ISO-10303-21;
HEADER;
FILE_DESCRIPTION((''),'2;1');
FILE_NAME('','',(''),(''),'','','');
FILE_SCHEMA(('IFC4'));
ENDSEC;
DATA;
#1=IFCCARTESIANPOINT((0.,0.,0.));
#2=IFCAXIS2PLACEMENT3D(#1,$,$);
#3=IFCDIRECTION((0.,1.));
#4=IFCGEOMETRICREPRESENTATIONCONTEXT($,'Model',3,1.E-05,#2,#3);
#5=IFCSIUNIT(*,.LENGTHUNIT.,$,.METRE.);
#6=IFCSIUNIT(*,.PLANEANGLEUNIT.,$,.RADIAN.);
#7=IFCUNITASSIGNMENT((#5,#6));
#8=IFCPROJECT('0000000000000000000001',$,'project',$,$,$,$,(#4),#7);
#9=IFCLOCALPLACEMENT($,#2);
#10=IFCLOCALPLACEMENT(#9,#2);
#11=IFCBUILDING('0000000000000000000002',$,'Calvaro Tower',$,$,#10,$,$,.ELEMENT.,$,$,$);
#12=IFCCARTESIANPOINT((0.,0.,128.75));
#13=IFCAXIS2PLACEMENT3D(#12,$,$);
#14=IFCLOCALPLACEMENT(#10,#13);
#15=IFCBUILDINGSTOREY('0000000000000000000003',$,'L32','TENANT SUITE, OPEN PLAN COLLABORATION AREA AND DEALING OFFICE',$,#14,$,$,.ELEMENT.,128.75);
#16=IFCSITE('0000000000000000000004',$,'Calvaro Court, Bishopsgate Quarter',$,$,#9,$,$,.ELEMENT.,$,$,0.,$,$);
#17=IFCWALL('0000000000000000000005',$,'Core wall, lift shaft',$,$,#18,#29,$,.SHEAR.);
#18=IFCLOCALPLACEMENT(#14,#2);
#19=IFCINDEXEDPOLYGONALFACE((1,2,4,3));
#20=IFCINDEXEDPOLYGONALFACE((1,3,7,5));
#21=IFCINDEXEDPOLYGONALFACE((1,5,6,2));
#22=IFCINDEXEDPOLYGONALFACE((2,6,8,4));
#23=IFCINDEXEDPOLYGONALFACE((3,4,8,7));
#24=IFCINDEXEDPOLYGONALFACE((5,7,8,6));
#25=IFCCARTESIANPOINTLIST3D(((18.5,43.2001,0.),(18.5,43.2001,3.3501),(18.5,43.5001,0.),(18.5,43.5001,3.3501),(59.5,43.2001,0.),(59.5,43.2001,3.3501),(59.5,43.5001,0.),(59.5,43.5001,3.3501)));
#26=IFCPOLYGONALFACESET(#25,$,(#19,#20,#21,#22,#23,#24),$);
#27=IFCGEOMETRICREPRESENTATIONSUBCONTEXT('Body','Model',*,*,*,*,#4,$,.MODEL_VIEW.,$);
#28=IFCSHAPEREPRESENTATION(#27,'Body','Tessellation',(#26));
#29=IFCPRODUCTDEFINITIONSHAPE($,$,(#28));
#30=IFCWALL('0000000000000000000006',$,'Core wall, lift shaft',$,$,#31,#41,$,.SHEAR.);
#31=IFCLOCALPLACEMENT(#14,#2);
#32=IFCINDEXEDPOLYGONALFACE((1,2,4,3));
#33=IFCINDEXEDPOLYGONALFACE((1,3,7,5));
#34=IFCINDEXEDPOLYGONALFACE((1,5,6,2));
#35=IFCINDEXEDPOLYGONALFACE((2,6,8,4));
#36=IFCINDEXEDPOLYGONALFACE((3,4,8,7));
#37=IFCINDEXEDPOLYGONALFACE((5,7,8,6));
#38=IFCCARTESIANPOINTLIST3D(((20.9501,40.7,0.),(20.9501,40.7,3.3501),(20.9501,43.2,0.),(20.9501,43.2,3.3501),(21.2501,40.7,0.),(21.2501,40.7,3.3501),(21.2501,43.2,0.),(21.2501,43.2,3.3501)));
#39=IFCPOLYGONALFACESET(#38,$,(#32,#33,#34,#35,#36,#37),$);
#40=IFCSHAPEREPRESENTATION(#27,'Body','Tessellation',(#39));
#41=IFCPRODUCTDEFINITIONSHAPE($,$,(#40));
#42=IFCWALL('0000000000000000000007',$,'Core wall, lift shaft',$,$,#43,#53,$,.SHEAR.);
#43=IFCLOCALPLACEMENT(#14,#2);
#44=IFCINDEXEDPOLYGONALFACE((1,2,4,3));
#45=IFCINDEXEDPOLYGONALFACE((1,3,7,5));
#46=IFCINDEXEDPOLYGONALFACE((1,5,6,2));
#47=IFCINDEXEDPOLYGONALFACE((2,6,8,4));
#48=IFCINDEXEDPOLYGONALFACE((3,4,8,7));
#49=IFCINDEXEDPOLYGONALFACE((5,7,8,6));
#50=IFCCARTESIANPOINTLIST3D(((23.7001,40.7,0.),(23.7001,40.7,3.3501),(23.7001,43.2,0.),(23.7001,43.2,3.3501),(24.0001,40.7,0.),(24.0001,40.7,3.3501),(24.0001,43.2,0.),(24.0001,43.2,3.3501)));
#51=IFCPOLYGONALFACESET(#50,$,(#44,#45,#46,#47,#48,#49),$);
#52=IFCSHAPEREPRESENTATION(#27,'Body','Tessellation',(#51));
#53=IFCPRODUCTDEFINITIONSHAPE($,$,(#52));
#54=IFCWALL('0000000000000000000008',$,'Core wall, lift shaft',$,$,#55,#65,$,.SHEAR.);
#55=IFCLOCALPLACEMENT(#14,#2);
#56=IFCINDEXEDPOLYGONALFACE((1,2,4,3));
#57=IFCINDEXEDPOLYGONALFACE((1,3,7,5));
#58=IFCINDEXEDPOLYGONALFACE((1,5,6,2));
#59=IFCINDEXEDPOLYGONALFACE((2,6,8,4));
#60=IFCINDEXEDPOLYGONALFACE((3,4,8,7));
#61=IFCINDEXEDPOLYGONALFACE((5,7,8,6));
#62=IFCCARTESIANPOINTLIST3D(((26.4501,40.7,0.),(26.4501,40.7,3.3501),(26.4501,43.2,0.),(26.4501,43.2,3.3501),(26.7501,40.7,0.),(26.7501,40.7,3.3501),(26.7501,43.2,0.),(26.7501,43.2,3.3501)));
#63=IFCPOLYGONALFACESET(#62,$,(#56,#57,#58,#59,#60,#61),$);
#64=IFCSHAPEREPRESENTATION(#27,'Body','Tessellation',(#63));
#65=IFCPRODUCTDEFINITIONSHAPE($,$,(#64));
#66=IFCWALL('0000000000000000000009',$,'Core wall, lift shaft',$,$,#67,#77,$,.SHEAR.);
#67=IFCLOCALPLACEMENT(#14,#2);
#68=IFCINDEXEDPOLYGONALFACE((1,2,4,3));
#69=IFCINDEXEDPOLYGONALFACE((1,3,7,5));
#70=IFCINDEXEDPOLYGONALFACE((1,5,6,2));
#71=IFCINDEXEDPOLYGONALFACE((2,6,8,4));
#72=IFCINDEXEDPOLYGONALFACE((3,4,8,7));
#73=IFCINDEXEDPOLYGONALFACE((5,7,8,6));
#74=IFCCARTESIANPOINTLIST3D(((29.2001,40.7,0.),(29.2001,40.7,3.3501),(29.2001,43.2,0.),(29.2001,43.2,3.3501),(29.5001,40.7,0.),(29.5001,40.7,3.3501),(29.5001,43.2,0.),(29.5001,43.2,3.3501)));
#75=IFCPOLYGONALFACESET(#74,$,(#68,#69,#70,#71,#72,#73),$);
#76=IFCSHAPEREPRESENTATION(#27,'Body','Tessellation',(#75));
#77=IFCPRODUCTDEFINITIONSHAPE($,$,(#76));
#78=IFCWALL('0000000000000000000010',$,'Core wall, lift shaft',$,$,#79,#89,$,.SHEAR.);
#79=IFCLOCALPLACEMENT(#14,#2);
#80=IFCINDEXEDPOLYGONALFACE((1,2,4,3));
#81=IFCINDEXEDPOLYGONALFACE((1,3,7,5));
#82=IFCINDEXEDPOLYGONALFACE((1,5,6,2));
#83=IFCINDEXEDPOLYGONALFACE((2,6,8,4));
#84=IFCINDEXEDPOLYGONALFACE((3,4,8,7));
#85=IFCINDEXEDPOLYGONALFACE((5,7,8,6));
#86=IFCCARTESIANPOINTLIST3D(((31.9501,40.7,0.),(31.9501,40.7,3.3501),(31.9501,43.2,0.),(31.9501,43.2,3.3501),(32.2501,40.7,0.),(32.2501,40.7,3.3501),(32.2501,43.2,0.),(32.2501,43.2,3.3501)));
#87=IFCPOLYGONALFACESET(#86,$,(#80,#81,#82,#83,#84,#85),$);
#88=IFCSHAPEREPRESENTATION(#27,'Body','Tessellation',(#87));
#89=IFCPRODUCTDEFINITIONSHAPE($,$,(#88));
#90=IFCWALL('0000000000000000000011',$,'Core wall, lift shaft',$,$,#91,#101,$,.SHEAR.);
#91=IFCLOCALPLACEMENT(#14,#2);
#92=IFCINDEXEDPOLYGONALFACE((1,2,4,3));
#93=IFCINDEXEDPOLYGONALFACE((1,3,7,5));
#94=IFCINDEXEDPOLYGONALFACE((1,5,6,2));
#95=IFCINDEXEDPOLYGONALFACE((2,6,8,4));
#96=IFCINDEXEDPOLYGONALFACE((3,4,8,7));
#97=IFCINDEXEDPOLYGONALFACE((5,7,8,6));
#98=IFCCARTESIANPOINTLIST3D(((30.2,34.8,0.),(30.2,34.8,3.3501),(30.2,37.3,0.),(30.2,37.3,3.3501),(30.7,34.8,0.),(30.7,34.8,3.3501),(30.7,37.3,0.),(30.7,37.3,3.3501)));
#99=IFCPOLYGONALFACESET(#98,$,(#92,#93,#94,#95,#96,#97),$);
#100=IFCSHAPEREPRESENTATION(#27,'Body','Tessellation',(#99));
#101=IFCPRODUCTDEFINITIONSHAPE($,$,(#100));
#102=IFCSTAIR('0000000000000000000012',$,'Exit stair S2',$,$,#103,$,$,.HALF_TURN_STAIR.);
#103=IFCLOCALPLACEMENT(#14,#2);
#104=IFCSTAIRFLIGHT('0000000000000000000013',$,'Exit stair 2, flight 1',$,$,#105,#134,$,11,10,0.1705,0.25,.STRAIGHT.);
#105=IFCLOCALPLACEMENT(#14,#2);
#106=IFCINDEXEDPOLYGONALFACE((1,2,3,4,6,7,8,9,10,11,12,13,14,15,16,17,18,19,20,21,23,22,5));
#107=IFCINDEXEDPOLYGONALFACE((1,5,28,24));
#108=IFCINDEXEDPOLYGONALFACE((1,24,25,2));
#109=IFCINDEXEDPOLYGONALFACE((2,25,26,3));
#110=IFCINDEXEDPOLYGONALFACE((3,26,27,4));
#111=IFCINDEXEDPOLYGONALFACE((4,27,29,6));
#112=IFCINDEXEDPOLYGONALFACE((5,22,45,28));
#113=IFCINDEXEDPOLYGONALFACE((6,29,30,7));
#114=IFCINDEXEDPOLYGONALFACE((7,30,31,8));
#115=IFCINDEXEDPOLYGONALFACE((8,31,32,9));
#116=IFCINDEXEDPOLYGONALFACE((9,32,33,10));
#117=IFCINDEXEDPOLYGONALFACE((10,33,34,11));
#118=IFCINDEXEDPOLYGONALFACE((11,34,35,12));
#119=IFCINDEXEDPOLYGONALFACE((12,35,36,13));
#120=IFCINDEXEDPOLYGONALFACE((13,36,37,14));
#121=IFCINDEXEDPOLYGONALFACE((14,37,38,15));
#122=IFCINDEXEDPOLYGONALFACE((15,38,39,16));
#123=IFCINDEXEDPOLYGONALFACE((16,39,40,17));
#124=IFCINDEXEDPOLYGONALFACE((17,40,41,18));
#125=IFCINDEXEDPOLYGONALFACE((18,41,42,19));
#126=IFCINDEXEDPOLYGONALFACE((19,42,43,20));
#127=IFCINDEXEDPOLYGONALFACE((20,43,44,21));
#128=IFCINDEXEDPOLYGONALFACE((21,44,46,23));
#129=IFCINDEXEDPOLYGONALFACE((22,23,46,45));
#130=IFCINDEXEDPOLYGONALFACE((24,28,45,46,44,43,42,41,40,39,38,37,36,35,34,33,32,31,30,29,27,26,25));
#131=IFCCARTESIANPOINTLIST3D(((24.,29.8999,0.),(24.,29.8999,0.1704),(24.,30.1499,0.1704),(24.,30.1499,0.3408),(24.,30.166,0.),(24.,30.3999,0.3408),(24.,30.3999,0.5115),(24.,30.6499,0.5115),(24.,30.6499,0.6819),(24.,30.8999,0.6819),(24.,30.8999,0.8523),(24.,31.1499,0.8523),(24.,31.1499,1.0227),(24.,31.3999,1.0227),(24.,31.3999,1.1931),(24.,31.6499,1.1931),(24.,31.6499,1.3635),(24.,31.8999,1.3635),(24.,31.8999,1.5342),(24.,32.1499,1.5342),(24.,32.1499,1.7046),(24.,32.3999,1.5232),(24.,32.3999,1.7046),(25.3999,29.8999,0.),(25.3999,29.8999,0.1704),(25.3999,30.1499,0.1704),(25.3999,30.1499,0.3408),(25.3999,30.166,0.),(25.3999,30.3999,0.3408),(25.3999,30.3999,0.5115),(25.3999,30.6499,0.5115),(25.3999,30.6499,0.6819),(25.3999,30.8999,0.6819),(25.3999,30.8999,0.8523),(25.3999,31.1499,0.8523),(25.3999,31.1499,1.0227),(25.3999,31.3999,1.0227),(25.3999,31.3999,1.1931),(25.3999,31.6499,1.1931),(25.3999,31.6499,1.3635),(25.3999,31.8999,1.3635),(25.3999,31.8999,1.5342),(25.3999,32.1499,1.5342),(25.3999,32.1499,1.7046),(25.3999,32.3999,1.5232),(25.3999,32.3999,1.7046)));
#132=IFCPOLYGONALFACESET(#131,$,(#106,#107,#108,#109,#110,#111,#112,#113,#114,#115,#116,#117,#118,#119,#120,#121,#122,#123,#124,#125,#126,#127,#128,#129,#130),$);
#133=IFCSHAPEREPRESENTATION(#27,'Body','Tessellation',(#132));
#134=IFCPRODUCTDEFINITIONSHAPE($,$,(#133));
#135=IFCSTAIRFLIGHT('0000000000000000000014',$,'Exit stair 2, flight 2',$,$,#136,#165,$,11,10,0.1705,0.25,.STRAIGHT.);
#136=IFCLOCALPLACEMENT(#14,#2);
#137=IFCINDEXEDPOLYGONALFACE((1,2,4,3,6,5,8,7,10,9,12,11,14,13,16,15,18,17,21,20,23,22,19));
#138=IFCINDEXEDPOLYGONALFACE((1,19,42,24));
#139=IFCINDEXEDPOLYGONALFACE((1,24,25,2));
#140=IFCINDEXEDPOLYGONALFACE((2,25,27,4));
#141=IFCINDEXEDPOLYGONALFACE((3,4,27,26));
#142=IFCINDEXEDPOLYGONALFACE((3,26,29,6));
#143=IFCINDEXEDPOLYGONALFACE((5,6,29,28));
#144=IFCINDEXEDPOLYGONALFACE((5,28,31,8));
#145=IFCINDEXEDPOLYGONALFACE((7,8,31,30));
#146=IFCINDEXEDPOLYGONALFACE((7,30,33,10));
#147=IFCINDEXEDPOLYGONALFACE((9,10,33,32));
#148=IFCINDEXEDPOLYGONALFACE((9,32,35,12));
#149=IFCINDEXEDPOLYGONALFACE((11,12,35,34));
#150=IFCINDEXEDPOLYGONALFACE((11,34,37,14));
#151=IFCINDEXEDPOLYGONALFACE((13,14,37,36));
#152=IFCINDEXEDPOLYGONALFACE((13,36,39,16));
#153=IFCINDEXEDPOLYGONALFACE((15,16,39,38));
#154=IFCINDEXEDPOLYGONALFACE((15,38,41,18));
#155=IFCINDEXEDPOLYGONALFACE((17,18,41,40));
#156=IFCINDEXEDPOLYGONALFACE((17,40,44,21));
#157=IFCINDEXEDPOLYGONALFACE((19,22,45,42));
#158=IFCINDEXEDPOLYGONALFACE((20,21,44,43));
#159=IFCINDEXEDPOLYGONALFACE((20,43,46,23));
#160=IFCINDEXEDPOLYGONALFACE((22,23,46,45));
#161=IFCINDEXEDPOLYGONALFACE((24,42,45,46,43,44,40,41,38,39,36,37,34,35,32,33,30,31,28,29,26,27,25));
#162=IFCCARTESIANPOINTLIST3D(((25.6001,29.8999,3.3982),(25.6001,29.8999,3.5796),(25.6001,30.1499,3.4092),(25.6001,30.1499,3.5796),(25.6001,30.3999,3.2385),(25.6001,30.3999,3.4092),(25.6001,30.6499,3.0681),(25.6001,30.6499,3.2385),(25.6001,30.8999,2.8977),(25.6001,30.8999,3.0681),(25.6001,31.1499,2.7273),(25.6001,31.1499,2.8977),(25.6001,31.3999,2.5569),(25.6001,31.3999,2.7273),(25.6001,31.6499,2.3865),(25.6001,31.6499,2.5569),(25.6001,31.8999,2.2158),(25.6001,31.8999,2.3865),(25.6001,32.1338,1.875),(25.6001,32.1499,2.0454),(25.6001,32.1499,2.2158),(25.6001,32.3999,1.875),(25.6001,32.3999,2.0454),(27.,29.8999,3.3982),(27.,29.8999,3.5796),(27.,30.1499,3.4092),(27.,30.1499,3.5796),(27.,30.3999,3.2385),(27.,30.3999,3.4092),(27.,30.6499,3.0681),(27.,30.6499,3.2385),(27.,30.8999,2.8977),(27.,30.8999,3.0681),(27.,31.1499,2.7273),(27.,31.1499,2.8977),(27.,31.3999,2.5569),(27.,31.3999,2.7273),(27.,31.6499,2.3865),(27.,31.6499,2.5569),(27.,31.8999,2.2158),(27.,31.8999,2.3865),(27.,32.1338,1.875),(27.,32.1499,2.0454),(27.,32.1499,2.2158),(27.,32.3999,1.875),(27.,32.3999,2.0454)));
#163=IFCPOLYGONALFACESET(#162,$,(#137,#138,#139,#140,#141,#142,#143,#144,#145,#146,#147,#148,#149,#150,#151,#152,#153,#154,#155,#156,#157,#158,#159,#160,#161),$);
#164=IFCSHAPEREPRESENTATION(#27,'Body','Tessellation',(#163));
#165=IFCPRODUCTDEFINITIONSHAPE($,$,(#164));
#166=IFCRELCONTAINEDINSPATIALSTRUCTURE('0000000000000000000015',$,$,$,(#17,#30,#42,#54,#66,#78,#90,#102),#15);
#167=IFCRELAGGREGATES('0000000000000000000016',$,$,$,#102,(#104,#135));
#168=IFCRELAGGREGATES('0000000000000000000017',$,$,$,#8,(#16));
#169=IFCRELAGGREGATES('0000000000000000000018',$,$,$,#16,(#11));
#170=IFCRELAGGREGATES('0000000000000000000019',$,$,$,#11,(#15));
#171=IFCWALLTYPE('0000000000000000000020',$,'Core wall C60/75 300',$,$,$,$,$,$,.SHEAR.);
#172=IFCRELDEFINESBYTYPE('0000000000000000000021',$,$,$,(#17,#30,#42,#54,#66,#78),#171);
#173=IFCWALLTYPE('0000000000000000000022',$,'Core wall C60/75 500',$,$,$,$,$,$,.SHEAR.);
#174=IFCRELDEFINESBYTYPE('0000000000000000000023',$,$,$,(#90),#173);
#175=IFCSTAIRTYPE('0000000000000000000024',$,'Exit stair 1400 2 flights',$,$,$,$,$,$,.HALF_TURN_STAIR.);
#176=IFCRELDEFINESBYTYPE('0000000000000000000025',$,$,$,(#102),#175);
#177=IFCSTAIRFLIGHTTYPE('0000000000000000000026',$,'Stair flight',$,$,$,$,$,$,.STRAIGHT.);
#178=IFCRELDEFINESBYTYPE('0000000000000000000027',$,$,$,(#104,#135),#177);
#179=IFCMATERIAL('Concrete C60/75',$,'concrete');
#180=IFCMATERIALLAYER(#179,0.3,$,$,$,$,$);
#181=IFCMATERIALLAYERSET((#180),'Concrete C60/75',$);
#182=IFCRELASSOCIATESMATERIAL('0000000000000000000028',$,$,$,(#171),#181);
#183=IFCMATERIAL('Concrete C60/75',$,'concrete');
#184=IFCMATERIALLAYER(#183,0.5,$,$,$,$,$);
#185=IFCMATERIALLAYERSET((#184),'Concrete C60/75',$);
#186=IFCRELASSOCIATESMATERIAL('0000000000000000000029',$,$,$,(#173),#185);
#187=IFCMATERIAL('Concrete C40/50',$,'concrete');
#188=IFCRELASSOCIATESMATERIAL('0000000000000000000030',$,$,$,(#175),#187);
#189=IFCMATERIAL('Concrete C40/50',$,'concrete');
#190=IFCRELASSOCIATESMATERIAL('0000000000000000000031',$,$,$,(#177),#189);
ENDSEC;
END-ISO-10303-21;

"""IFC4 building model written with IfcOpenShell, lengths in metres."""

from ifc_helpers import new_model, si_unit, direction, frame, frame_2d, origin, place, context, subcontext, project, spatial, polyline, rectangle, outline, extrude, material, layer, layer_set, type_object, element, aggregate, save


model = new_model("IFC4")

# Units and contexts
model_context = context("Model", 3, precision=1e-05, world=origin(), true_north=direction((0.0, 1.0)))
body_context = subcontext(model_context, "Body", "Model", "MODEL_VIEW")
ifc_project = project(units=[si_unit("LENGTHUNIT", "METRE"), si_unit("PLANEANGLEUNIT", "RADIAN")], contexts=[model_context])

# Site, building, storey
site_placement = place(None, origin())
site = spatial("IfcSite", under=ifc_project, at=site_placement, Name="Calvaro Court, Bishopsgate Quarter", CompositionType="ELEMENT", RefElevation=0.0)
building_placement = place(site_placement, origin())
building = spatial("IfcBuilding", under=site, at=building_placement, Name="Calvaro Tower", CompositionType="ELEMENT")
storey_placement = place(building_placement, frame((0.0, 0.0, 128.75)))
storey = spatial("IfcBuildingStorey", under=building, at=storey_placement, Name="L32", Description="TENANT SUITE, OPEN PLAN COLLABORATION AREA AND DEALING OFFICE", CompositionType="ELEMENT", Elevation=128.75)

# Shared definitions
ifc_material_1 = material(Name="Concrete C60/75", Category="concrete")
ifc_layer_1 = layer(ifc_material_1, 0.3)
ifc_layer_set_1 = layer_set([ifc_layer_1], Name="Concrete C60/75")
wall_type_1 = type_object("IfcWallType", Name="Core wall C60/75 300", PredefinedType="SHEAR", material=ifc_layer_set_1)

# Walls
wall_1_placement = place(storey_placement, frame((18.5, 43.3501, 0.0), z_axis=(0.0, 0.0, 1.0), x_axis=(1.0, 0.0, 0.0)))
element("IfcWall", 1, at=wall_1_placement, inside=storey, type_object=wall_type_1, Name="Core wall, lift shaft", PredefinedType="SHEAR", context=body_context, shape_type="SweptSolid", body=[
    extrude(rectangle(XDim=41.0, YDim=0.3, at=frame_2d((20.5, 0.0))), origin(), (0.0, 0.0, 1.0), 3.3501),
])
for number, where, z_axis, x_axis, name in (
    (2, (21.1001, 40.7, 0.0), (0.0, 0.0, 1.0), (0.0, 1.0, 0.0), "Core wall, lift shaft"),
    (3, (23.8501, 40.7, 0.0), (0.0, 0.0, 1.0), (0.0, 1.0, 0.0), "Core wall, lift shaft"),
    (4, (26.6001, 40.7, 0.0), (0.0, 0.0, 1.0), (0.0, 1.0, 0.0), "Core wall, lift shaft"),
    (5, (29.3501, 40.7, 0.0), (0.0, 0.0, 1.0), (0.0, 1.0, 0.0), "Core wall, lift shaft"),
    (6, (32.1001, 40.7, 0.0), (0.0, 0.0, 1.0), (0.0, 1.0, 0.0), "Core wall, lift shaft"),
):
    element("IfcWall", number, at=place(storey_placement, frame(where, z_axis=z_axis, x_axis=x_axis)), inside=storey, type_object=wall_type_1, Name=name, PredefinedType="SHEAR", context=body_context, shape_type="SweptSolid", body=[
        extrude(rectangle(XDim=2.5, YDim=0.3, at=frame_2d((1.25, 0.0))), origin(), (0.0, 0.0, 1.0), 3.3501),
    ])
ifc_material_2 = material(Name="Concrete C60/75", Category="concrete")
ifc_layer_2 = layer(ifc_material_2, 0.5)
ifc_layer_set_2 = layer_set([ifc_layer_2], Name="Concrete C60/75")
wall_type_2 = type_object("IfcWallType", Name="Core wall C60/75 500", PredefinedType="SHEAR", material=ifc_layer_set_2)
wall_2_placement = place(storey_placement, frame((30.45, 34.8, 0.0), z_axis=(0.0, 0.0, 1.0), x_axis=(0.0, 1.0, 0.0)))
element("IfcWall", 7, at=wall_2_placement, inside=storey, type_object=wall_type_2, Name="Core wall, lift shaft", PredefinedType="SHEAR", context=body_context, shape_type="SweptSolid", body=[
    extrude(rectangle(XDim=2.5, YDim=0.5, at=frame_2d((1.25, 0.0))), origin(), (0.0, 0.0, 1.0), 3.3501),
])

# Stair, stair flights
ifc_material_3 = material(Name="Concrete C40/50", Category="concrete")
stair_type = type_object("IfcStairType", Name="Exit stair 1400 2 flights", PredefinedType="HALF_TURN_STAIR", material=ifc_material_3)
stair_placement = place(storey_placement, origin())
stair = element("IfcStair", 8, at=stair_placement, inside=storey, type_object=stair_type, Name="Exit stair S2", PredefinedType="HALF_TURN_STAIR")
ifc_material_4 = material(Name="Concrete C40/50", Category="concrete")
stair_flight_type = type_object("IfcStairFlightType", Name="Stair flight", PredefinedType="STRAIGHT", material=ifc_material_4)
stair_flight_1_placement = place(storey_placement, frame((24.7, 29.8999, 0.0), z_axis=(0.0, 0.0, 1.0), x_axis=(0.0, 1.0, 0.0)))
stair_flight_1 = element("IfcStairFlight", 9, at=stair_flight_1_placement, type_object=stair_flight_type, Name="Exit stair 2, flight 1", NumberOfRisers=11, NumberOfTreads=10, PredefinedType="STRAIGHT", RiserHeight=0.1705, TreadLength=0.25, context=body_context, shape_type="SweptSolid", body=[
    extrude(outline(polyline([(0.0, 0.0), (0.0, 0.1704), (0.25, 0.1704), (0.25, 0.3408), (0.5, 0.3408), (0.5, 0.5115), (0.75, 0.5115), (0.75, 0.6819), (1.0, 0.6819), (1.0, 0.8523), (1.25, 0.8523), (1.25, 1.0227), (1.5, 1.0227), (1.5, 1.1931), (1.75, 1.1931), (1.75, 1.3635), (2.0, 1.3635), (2.0, 1.5342), (2.25, 1.5342), (2.25, 1.7046), (2.5, 1.7046), (2.5, 1.875), (2.5, 1.5232), (0.2661, 0.0), (0.0, 0.0)])), frame((0.0, 0.7, 0.0), z_axis=(0.0, -1.0, 0.0), x_axis=(1.0, 0.0, 0.0)), (0.0, 0.0, 1.0), 1.3999),
])
stair_flight_2_placement = place(storey_placement, frame((26.3, 32.3999, 1.875), z_axis=(0.0, 0.0, 1.0), x_axis=(0.0, -1.0, 0.0)))
stair_flight_2 = element("IfcStairFlight", 10, at=stair_flight_2_placement, type_object=stair_flight_type, Name="Exit stair 2, flight 2", NumberOfRisers=11, NumberOfTreads=10, PredefinedType="STRAIGHT", RiserHeight=0.1705, TreadLength=0.25, context=body_context, shape_type="SweptSolid", body=[
    extrude(outline(polyline([(0.0, 0.0), (0.0, 0.1704), (0.25, 0.1704), (0.25, 0.3408), (0.5, 0.3408), (0.5, 0.5115), (0.75, 0.5115), (0.75, 0.6819), (1.0, 0.6819), (1.0, 0.8523), (1.25, 0.8523), (1.25, 1.0227), (1.5, 1.0227), (1.5, 1.1931), (1.75, 1.1931), (1.75, 1.3635), (2.0, 1.3635), (2.0, 1.5342), (2.25, 1.5342), (2.25, 1.7046), (2.5, 1.7046), (2.5, 1.875), (2.5, 1.5232), (0.2661, 0.0), (0.0, 0.0)])), frame((0.0, 0.7, 0.0), z_axis=(0.0, -1.0, 0.0), x_axis=(1.0, 0.0, 0.0)), (0.0, 0.0, 1.0), 1.3999),
])
aggregate(stair, [stair_flight_1, stair_flight_2])

save(model, "model.ifc")
